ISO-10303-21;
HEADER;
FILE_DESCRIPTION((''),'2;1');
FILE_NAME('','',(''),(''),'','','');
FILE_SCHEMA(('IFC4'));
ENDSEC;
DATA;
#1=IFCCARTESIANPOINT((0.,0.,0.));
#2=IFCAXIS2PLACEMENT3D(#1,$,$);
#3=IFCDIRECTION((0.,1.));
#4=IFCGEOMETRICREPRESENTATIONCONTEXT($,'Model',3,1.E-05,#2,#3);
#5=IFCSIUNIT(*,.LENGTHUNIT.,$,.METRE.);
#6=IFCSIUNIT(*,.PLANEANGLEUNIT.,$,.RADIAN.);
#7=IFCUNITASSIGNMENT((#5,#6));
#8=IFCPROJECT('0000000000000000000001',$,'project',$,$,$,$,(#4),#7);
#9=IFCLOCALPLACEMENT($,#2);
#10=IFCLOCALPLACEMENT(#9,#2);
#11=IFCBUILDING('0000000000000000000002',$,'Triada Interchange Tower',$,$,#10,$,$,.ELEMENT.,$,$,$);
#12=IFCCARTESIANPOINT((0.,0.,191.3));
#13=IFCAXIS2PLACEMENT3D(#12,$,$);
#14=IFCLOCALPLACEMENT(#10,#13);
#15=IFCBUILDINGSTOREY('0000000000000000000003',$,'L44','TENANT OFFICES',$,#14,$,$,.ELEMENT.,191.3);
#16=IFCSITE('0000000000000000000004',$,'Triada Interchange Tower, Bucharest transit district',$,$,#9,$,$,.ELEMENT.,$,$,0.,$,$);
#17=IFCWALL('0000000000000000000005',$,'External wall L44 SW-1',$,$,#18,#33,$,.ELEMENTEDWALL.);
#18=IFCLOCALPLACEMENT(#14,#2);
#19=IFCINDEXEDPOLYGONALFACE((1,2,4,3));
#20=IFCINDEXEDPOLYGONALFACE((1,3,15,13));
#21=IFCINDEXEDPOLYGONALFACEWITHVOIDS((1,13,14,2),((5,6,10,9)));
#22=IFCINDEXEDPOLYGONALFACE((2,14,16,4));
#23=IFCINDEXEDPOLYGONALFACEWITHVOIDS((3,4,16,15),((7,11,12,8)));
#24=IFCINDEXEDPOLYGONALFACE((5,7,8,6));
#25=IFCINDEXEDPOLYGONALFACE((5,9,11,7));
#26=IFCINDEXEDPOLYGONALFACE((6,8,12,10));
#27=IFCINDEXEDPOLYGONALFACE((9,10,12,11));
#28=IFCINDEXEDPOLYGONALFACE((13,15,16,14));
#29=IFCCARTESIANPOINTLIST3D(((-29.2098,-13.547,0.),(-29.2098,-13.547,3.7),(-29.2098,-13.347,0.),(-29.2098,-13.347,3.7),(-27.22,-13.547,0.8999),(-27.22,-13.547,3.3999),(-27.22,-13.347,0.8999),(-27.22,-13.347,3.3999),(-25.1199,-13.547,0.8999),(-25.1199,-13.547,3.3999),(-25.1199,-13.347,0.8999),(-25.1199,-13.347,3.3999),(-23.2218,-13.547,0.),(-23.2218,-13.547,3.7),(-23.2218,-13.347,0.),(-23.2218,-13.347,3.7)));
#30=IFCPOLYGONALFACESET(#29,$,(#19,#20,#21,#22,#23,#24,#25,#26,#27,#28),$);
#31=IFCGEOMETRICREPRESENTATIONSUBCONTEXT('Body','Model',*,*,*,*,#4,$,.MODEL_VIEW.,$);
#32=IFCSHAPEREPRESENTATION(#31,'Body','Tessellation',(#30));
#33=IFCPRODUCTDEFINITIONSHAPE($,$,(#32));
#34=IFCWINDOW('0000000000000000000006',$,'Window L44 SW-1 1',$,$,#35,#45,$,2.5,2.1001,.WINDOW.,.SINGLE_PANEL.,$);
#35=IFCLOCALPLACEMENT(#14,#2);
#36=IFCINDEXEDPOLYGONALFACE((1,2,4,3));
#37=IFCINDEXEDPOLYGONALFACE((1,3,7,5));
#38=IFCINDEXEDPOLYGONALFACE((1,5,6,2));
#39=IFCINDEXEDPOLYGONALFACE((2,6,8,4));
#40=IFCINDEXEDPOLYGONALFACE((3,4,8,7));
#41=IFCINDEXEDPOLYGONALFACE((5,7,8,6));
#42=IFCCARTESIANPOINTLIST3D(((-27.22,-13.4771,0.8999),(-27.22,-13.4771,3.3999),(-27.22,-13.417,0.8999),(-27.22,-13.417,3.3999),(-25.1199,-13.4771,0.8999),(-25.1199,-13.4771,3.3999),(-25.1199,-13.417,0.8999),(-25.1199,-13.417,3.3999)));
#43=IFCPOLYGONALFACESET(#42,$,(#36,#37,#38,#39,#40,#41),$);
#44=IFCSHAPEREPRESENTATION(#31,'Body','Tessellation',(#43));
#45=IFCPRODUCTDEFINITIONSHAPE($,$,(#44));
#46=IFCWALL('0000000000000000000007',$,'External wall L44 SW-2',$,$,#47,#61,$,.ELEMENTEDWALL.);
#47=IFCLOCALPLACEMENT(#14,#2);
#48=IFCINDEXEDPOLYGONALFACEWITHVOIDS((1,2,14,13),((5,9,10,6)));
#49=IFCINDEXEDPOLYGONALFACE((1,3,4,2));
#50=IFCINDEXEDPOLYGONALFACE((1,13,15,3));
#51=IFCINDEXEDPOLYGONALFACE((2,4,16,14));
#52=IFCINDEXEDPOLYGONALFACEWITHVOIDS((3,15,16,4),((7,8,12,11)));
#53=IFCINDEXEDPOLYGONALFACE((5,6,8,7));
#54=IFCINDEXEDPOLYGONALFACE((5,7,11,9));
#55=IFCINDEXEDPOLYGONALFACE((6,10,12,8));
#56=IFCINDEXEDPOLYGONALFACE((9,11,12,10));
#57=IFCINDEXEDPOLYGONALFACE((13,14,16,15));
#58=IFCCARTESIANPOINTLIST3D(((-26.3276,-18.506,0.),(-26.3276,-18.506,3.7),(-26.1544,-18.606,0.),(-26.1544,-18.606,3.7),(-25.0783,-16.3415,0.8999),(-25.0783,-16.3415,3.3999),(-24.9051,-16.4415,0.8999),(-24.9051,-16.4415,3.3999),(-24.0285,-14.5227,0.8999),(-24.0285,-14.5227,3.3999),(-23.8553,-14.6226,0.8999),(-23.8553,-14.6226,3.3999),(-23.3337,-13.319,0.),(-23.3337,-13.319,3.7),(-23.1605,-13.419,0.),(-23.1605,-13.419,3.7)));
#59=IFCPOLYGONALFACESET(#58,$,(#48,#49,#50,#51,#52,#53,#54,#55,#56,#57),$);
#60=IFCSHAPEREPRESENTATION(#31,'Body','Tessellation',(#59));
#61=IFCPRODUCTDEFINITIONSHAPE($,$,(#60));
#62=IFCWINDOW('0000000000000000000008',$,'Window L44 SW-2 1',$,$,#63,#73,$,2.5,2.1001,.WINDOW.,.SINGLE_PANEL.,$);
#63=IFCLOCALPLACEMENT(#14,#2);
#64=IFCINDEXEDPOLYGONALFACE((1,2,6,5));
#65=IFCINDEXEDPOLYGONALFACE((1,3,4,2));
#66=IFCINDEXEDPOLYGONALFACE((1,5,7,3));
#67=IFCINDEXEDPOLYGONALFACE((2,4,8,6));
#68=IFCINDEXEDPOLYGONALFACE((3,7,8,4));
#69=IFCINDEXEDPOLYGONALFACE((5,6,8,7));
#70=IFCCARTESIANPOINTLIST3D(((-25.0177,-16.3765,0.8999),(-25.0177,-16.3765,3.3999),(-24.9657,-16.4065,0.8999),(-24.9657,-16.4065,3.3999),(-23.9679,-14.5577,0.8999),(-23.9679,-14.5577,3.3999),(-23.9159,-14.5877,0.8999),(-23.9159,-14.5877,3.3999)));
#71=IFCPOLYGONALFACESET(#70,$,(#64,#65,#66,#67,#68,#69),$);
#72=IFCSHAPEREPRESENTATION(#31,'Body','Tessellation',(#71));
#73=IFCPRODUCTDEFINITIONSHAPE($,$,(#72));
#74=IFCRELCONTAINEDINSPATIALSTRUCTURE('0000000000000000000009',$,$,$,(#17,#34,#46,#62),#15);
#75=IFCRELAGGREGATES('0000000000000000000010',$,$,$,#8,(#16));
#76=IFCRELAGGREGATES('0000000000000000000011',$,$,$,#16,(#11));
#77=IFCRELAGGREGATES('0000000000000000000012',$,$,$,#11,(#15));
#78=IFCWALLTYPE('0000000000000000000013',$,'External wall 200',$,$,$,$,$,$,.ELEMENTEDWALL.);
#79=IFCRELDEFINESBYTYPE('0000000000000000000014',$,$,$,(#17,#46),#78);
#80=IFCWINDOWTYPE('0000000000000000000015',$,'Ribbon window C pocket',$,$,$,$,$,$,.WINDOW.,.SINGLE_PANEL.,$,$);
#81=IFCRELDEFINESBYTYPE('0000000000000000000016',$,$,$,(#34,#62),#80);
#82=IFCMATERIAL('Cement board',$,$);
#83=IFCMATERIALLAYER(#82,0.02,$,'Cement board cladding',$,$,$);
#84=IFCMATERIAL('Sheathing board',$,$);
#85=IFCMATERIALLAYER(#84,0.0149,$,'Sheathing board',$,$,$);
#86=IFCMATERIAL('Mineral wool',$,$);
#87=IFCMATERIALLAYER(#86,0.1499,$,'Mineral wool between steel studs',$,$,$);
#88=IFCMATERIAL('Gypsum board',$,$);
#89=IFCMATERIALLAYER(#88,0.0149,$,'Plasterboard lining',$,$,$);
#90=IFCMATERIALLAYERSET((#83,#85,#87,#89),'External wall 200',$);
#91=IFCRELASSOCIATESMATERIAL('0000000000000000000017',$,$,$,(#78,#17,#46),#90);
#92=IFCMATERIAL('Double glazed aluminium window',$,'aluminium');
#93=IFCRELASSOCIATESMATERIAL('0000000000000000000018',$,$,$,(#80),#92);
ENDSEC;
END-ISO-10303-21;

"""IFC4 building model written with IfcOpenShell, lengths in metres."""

from ifc_helpers import new_model, si_unit, direction, frame, frame_2d, origin, place, context, subcontext, project, spatial, rectangle, extrude, material, layer, layer_set, layer_usage, type_object, element, fill, save


model = new_model("IFC4")

# Units and contexts
model_context = context("Model", 3, precision=1e-05, world=origin(), true_north=direction((0.0, 1.0)))
body_context = subcontext(model_context, "Body", "Model", "MODEL_VIEW")
ifc_project = project(units=[si_unit("LENGTHUNIT", "METRE"), si_unit("PLANEANGLEUNIT", "RADIAN")], contexts=[model_context])

# Site, building, storey
site_placement = place(None, origin())
site = spatial("IfcSite", under=ifc_project, at=site_placement, Name="Triada Interchange Tower, Bucharest transit district", CompositionType="ELEMENT", RefElevation=0.0)
building_placement = place(site_placement, origin())
building = spatial("IfcBuilding", under=site, at=building_placement, Name="Triada Interchange Tower", CompositionType="ELEMENT")
storey_placement = place(building_placement, frame((0.0, 0.0, 191.3)))
storey = spatial("IfcBuildingStorey", under=building, at=storey_placement, Name="L44", Description="TENANT OFFICES", CompositionType="ELEMENT", Elevation=191.3)

# Walls, openings, windows
ifc_material_1 = material(Name="Cement board")
ifc_layer_1 = layer(ifc_material_1, 0.02, Name="Cement board cladding")
ifc_material_2 = material(Name="Sheathing board")
ifc_layer_2 = layer(ifc_material_2, 0.0149, Name="Sheathing board")
ifc_material_3 = material(Name="Mineral wool")
ifc_layer_3 = layer(ifc_material_3, 0.1499, Name="Mineral wool between steel studs")
ifc_material_4 = material(Name="Gypsum board")
ifc_layer_4 = layer(ifc_material_4, 0.0149, Name="Plasterboard lining")
ifc_layer_set_1 = layer_set([ifc_layer_1, ifc_layer_2, ifc_layer_3, ifc_layer_4], Name="External wall 200")
ifc_layer_usage = layer_usage(ifc_layer_set_1, "AXIS2", "POSITIVE", -0.1001)
wall_type_1 = type_object("IfcWallType", Name="External wall 200", PredefinedType="ELEMENTEDWALL", material=ifc_layer_set_1)
wall_1_placement = place(storey_placement, frame((-29.21, -13.447, 0.0), z_axis=(0.0, 0.0, 1.0), x_axis=(1.0, 0.0, 0.0)))
wall_1 = element("IfcWall", 1, at=wall_1_placement, inside=storey, type_object=wall_type_1, material=ifc_layer_usage, Name="External wall L44 SW-1", PredefinedType="ELEMENTEDWALL", context=body_context, shape_type="SweptSolid", body=[
    extrude(rectangle(XDim=5.988, YDim=0.2, at=frame_2d((2.9941, 0.0))), origin(), (0.0, 0.0, 1.0), 3.7),
])
opening_1_placement = place(wall_1_placement, frame((1.99, 0.0, 0.8999)))
opening_1 = element("IfcOpeningElement", 2, at=opening_1_placement, cuts=wall_1, PredefinedType="OPENING", context=body_context, shape_type="SweptSolid", body=[
    extrude(rectangle(XDim=2.1001, YDim=2.5, at=frame_2d((1.05, 1.25))), frame((0.0, 0.1099, 0.0), z_axis=(0.0, -1.0, 0.0), x_axis=(1.0, 0.0, 0.0)), (0.0, 0.0, 1.0), 0.22),
])
ifc_material_5 = material(Name="Double glazed aluminium window", Category="aluminium")
window_type_1 = type_object("IfcWindowType", Name="Ribbon window C pocket", PartitioningType="SINGLE_PANEL", PredefinedType="WINDOW", material=ifc_material_5)
window_1_placement = place(opening_1_placement, origin())
window_1 = element("IfcWindow", 3, at=window_1_placement, inside=storey, type_object=window_type_1, Name="Window L44 SW-1 1", OverallHeight=2.5, OverallWidth=2.1001, PartitioningType="SINGLE_PANEL", PredefinedType="WINDOW", context=body_context, shape_type="SweptSolid", body=[
    extrude(rectangle(XDim=2.1001, YDim=2.5, at=frame_2d((1.05, 1.25))), frame((0.0, 0.03, 0.0), z_axis=(0.0, -1.0, 0.0), x_axis=(1.0, 0.0, 0.0)), (0.0, 0.0, 1.0), 0.0601),
])
fill(opening_1, window_1)
wall_2_placement = place(storey_placement, frame((-23.2471, -13.3689, 0.0), z_axis=(0.0, 0.0, 1.0), x_axis=(-0.499897, -0.866085, 0.0)))
wall_2 = element("IfcWall", 4, at=wall_2_placement, inside=storey, type_object=wall_type_1, material=ifc_layer_usage, Name="External wall L44 SW-2", PredefinedType="ELEMENTEDWALL", context=body_context, shape_type="SweptSolid", body=[
    extrude(rectangle(XDim=5.989, YDim=0.2, at=frame_2d((2.9946, 0.0))), origin(), (0.0, 0.0, 1.0), 3.7),
])
opening_2_placement = place(wall_2_placement, frame((1.3899, 0.0, 0.8999)))
opening_2 = element("IfcOpeningElement", 5, at=opening_2_placement, cuts=wall_2, PredefinedType="OPENING", context=body_context, shape_type="SweptSolid", body=[
    extrude(rectangle(XDim=2.1001, YDim=2.5, at=frame_2d((1.05, 1.25))), frame((0.0, 0.1099, 0.0), z_axis=(0.0, -1.0, 0.0), x_axis=(1.0, 0.0, 0.0)), (0.0, 0.0, 1.0), 0.22),
])
window_2_placement = place(opening_2_placement, origin())
window_2 = element("IfcWindow", 6, at=window_2_placement, inside=storey, type_object=window_type_1, Name="Window L44 SW-2 1", OverallHeight=2.5, OverallWidth=2.1001, PartitioningType="SINGLE_PANEL", PredefinedType="WINDOW", context=body_context, shape_type="SweptSolid", body=[
    extrude(rectangle(XDim=2.1001, YDim=2.5, at=frame_2d((1.05, 1.25))), frame((0.0, 0.03, 0.0), z_axis=(0.0, -1.0, 0.0), x_axis=(1.0, 0.0, 0.0)), (0.0, 0.0, 1.0), 0.0601),
])
fill(opening_2, window_2)

save(model, "model.ifc")
